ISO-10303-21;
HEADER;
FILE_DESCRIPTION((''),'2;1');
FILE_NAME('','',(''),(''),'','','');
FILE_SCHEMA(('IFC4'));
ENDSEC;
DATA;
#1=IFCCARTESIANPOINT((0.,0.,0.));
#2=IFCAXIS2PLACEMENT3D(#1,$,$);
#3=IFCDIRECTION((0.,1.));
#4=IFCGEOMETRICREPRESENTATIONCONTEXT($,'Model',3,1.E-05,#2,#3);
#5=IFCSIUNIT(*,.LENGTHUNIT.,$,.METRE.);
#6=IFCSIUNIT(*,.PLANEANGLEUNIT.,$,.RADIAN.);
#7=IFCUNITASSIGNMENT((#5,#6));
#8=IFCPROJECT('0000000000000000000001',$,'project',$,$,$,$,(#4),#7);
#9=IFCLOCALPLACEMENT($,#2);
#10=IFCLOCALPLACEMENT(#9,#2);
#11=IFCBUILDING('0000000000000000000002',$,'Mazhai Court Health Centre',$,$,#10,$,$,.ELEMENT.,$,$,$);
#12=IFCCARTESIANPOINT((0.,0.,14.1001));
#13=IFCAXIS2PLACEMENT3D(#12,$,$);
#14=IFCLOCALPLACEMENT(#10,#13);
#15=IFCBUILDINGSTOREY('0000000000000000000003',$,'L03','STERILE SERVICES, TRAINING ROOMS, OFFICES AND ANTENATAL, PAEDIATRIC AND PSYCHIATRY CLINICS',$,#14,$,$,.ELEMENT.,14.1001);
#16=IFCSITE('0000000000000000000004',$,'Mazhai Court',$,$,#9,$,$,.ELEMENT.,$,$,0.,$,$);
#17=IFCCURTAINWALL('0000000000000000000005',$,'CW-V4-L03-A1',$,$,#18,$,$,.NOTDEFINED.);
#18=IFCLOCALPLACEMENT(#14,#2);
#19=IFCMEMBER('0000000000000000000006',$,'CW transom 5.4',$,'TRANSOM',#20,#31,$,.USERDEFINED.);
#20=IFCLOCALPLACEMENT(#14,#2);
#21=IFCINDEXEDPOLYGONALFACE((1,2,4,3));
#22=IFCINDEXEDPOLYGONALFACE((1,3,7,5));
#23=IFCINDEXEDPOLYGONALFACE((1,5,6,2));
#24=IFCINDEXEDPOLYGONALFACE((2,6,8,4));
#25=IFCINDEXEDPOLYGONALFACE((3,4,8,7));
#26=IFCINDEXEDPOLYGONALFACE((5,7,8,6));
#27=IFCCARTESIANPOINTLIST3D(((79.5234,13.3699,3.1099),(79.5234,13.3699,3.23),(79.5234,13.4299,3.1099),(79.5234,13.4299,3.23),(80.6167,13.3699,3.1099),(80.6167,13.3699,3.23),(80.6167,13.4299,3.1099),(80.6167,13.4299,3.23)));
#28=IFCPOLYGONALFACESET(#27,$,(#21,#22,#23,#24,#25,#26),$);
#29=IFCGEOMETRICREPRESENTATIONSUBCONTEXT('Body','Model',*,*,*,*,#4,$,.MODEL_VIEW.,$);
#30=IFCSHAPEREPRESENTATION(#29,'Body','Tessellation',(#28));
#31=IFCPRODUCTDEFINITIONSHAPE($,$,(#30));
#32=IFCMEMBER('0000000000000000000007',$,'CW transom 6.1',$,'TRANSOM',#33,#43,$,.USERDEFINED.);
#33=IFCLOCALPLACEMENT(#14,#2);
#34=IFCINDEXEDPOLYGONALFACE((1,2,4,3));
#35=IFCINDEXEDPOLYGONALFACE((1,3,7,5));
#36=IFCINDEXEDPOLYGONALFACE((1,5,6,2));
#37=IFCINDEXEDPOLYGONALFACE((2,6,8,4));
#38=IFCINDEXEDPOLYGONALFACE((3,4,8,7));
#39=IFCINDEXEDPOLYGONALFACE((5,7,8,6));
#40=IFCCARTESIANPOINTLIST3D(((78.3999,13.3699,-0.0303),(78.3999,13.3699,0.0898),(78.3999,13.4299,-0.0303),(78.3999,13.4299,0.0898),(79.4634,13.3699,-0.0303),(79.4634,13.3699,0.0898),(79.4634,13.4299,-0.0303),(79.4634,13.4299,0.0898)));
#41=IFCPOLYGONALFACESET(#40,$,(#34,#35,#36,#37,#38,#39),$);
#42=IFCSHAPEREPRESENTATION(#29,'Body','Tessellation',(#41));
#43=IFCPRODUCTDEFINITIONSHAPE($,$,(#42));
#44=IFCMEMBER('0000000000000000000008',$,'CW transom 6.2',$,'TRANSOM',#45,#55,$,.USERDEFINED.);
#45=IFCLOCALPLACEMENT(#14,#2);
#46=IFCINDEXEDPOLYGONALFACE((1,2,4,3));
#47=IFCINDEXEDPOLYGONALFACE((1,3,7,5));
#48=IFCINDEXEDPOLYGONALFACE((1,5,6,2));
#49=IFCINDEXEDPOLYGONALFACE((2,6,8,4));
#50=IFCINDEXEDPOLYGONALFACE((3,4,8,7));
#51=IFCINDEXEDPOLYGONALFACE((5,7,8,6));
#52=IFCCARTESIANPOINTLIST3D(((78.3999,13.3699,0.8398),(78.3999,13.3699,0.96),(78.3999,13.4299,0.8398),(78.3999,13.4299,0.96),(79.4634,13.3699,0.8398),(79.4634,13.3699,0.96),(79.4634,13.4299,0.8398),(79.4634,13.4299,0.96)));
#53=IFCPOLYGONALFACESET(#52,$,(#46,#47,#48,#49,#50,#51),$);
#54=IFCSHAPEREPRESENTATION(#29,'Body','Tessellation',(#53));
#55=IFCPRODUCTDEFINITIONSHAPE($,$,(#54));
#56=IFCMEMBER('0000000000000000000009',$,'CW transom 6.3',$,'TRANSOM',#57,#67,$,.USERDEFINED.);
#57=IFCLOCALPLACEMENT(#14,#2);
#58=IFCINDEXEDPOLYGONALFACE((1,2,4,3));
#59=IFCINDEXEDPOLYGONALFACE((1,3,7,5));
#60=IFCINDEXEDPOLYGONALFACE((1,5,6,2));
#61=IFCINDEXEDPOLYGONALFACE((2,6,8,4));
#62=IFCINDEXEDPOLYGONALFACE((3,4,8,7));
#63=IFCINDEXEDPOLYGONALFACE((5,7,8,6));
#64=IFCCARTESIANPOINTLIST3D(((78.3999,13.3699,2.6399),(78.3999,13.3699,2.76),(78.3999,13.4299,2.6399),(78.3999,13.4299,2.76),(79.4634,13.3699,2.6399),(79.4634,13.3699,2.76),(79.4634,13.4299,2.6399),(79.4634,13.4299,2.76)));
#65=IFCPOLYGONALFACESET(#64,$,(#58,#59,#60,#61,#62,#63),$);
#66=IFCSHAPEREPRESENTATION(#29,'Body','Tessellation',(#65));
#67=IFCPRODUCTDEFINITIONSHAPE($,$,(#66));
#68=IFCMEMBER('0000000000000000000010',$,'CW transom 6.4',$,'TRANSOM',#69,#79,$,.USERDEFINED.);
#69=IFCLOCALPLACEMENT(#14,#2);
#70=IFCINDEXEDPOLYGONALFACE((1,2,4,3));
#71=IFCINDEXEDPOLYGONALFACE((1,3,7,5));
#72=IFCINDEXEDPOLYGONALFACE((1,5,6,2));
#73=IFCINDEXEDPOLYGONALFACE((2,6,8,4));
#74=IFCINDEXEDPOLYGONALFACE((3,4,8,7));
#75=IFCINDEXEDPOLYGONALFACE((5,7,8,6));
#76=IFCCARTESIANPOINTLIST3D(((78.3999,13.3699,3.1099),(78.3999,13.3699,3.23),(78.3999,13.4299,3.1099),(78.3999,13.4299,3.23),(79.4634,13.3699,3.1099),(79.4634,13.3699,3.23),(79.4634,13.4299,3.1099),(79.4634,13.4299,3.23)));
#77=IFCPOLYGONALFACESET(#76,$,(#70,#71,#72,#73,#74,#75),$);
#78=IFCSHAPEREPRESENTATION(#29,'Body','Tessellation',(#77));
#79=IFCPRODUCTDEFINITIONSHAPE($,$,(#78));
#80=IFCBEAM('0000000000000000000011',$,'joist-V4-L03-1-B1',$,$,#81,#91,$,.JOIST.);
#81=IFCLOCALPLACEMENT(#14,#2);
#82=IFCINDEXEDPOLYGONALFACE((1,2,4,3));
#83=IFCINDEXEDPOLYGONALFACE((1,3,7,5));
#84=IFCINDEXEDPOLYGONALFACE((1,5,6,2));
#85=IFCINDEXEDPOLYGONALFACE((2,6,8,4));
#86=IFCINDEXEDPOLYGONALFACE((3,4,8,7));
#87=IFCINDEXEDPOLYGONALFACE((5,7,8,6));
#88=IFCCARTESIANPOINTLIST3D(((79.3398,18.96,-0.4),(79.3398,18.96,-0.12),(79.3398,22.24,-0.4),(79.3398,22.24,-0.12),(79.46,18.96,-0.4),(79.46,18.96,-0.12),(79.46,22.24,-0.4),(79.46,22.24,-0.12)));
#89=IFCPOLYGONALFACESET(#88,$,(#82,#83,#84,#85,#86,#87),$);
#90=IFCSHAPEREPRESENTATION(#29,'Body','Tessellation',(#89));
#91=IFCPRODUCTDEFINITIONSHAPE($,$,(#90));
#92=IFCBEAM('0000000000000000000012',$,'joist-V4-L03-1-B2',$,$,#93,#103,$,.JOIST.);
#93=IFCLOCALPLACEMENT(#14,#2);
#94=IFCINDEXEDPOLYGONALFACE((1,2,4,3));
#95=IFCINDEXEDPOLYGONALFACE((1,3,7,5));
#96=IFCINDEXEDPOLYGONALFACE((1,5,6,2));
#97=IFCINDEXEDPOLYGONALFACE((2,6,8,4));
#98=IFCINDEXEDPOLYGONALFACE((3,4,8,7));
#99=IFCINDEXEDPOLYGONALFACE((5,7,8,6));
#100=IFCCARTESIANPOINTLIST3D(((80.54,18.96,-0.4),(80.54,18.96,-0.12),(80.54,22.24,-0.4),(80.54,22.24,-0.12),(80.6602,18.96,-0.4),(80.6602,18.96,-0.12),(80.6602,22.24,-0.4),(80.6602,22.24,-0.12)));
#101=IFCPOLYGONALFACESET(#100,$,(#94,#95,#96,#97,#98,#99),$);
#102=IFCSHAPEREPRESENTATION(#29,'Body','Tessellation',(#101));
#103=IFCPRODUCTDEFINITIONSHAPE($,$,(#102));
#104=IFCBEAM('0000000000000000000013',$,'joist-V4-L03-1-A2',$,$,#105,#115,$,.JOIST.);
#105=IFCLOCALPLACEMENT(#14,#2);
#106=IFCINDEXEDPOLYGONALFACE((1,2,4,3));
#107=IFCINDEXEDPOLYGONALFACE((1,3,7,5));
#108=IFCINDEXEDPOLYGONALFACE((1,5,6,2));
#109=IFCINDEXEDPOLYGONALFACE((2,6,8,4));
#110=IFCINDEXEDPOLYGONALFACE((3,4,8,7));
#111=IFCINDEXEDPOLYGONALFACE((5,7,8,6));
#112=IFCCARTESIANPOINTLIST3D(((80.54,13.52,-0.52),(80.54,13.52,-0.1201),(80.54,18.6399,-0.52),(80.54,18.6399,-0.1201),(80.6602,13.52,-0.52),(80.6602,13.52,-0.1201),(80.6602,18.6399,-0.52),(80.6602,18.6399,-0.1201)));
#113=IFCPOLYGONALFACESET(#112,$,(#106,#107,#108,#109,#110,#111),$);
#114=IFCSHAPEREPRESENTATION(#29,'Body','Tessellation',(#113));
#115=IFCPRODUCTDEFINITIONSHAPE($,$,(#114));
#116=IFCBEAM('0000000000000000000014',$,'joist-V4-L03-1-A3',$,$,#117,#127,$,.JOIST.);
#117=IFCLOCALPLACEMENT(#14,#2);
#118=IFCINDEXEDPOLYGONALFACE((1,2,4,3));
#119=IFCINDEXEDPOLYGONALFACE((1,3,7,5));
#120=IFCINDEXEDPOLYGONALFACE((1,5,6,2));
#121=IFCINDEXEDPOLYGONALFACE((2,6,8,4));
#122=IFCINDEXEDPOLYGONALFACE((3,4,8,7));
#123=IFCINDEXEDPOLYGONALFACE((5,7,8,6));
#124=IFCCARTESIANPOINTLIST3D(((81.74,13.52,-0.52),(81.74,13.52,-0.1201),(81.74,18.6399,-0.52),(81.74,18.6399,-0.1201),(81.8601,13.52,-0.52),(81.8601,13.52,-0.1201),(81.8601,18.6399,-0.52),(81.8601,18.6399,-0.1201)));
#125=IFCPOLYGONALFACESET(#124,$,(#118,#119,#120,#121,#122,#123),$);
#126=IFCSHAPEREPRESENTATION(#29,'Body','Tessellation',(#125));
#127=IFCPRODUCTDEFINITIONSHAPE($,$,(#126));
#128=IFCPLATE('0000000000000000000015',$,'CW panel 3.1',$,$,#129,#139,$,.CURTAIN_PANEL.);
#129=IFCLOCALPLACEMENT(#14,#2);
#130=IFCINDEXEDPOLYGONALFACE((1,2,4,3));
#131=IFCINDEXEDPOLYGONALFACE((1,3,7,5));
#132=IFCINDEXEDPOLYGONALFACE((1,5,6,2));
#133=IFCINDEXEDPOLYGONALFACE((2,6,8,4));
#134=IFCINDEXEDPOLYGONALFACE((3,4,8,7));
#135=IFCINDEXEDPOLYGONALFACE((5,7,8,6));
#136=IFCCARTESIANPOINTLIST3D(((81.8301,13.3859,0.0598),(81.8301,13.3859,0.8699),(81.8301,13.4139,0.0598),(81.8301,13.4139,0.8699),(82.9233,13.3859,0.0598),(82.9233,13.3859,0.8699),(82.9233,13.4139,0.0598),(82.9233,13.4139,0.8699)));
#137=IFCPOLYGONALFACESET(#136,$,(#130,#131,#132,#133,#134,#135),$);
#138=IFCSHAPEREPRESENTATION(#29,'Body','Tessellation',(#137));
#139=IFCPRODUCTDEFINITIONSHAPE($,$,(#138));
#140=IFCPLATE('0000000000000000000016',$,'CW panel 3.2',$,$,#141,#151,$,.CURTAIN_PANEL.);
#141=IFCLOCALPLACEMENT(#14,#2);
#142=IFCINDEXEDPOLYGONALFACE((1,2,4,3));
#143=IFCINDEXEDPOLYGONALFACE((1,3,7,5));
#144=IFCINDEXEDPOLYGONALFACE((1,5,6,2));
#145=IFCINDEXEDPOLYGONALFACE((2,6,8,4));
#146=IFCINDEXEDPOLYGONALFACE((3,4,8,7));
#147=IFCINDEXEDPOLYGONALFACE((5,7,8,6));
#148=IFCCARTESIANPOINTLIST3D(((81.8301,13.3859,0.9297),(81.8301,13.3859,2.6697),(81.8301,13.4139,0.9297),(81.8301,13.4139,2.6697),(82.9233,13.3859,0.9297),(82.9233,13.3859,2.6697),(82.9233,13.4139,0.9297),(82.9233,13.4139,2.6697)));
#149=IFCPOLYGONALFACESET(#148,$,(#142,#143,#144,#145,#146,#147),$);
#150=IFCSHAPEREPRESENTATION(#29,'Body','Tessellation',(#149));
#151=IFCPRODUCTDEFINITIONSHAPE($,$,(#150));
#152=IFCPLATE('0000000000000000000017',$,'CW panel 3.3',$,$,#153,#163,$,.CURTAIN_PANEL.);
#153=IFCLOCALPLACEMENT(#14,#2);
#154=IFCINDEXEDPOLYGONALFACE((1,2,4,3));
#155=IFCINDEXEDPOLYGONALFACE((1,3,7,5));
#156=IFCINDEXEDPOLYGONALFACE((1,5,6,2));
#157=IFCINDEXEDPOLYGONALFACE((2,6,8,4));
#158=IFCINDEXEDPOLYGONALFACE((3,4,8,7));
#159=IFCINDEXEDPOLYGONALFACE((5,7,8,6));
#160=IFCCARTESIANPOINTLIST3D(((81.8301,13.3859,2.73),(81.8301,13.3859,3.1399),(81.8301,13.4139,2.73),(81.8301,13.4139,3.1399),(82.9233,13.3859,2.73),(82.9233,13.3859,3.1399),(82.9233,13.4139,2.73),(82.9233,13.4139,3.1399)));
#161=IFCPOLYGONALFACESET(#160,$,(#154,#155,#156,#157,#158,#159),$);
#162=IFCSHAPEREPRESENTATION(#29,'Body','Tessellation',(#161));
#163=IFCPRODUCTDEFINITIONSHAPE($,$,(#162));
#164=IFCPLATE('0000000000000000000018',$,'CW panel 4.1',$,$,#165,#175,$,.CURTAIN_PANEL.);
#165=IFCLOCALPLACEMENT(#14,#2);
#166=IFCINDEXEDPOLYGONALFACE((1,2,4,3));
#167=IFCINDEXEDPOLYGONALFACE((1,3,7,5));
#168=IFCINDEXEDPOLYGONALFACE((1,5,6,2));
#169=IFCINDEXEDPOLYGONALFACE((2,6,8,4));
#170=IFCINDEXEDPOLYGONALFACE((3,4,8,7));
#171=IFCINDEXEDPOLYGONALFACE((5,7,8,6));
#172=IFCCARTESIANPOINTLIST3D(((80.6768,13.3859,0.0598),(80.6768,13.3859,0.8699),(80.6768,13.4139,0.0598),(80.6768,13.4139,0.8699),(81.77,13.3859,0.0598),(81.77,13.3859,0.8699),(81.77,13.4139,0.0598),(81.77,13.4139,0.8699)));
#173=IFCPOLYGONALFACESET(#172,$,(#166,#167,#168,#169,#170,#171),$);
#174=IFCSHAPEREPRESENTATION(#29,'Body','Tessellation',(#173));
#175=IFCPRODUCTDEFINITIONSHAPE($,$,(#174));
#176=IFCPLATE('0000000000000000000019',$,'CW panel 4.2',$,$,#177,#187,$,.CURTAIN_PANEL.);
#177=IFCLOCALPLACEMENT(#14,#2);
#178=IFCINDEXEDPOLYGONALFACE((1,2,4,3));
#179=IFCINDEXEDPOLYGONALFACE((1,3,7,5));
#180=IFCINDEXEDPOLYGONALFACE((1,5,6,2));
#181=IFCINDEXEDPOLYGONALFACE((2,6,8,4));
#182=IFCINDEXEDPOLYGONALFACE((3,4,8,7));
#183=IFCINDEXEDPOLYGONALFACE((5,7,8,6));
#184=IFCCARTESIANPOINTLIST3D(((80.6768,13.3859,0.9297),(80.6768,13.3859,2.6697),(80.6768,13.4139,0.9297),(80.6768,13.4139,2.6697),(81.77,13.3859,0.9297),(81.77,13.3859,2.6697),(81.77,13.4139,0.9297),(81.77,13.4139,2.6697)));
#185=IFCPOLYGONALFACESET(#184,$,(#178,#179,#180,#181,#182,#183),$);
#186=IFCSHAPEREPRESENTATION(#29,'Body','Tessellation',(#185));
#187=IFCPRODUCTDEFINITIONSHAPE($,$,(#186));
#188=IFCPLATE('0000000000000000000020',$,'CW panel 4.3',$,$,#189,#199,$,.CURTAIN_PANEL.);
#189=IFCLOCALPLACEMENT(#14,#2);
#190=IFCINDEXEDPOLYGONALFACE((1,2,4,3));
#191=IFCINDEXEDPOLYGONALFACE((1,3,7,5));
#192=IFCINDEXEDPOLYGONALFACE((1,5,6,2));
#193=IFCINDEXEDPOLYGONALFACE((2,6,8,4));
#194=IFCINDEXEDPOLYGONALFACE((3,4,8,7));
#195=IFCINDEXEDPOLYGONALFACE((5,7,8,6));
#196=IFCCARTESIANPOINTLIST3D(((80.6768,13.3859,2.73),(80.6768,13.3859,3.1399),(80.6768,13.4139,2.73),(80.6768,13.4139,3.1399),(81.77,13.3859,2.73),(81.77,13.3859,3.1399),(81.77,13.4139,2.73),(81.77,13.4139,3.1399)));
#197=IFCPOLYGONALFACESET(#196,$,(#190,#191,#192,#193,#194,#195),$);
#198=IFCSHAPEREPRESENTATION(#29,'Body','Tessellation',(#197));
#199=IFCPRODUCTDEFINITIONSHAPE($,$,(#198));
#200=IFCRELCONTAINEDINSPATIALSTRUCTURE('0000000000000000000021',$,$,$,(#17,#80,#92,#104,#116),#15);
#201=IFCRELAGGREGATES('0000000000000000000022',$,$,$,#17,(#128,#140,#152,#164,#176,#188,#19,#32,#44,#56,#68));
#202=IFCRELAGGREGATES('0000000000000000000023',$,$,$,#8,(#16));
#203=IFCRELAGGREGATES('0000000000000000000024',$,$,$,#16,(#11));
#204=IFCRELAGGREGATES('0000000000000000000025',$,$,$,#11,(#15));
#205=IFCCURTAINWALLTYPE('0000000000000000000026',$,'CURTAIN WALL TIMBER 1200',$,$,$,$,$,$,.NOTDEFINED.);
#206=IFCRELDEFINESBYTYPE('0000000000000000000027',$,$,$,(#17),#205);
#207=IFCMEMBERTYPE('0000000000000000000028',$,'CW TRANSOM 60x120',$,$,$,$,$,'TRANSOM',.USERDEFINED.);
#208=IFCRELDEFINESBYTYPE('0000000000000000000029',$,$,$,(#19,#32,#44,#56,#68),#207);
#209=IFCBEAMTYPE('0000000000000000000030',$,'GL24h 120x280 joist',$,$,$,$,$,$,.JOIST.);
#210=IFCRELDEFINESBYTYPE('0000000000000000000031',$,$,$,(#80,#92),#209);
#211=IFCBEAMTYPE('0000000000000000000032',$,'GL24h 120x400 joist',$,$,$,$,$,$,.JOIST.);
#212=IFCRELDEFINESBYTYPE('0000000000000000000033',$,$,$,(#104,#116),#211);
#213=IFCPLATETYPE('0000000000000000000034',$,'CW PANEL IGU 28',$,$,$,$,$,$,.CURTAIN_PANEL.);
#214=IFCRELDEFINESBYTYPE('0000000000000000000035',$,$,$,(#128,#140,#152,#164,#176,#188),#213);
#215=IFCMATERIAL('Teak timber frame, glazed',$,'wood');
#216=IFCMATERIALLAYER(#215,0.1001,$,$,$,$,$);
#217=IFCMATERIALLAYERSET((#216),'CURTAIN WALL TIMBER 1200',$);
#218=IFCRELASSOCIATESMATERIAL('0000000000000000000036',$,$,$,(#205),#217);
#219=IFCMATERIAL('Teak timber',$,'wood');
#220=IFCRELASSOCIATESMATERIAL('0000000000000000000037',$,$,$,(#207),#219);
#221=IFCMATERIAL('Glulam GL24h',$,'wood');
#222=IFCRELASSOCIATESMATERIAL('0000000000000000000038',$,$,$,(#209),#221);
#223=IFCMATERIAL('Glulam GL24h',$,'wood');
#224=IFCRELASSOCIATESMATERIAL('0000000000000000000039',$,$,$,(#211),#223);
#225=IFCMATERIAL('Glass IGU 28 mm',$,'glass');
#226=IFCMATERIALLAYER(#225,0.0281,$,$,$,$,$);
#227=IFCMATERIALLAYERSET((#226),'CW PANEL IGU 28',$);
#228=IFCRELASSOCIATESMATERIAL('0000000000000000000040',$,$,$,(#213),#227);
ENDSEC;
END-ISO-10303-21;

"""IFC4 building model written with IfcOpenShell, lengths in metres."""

from ifc_helpers import new_model, si_unit, direction, frame, origin, origin_2d, place, context, subcontext, project, spatial, rectangle, extrude, material, layer, layer_set, material_profile, profile_set, type_object, element, aggregate, save


model = new_model("IFC4")

# Units and contexts
model_context = context("Model", 3, precision=1e-05, world=origin(), true_north=direction((0.0, 1.0)))
body_context = subcontext(model_context, "Body", "Model", "MODEL_VIEW")
ifc_project = project(units=[si_unit("LENGTHUNIT", "METRE"), si_unit("PLANEANGLEUNIT", "RADIAN")], contexts=[model_context])

# Site, building, storey
site_placement = place(None, origin())
site = spatial("IfcSite", under=ifc_project, at=site_placement, Name="Mazhai Court", CompositionType="ELEMENT", RefElevation=0.0)
building_placement = place(site_placement, origin())
building = spatial("IfcBuilding", under=site, at=building_placement, Name="Mazhai Court Health Centre", CompositionType="ELEMENT")
storey_placement = place(building_placement, frame((0.0, 0.0, 14.1001)))
storey = spatial("IfcBuildingStorey", under=building, at=storey_placement, Name="L03", Description="STERILE SERVICES, TRAINING ROOMS, OFFICES AND ANTENATAL, PAEDIATRIC AND PSYCHIATRY CLINICS", CompositionType="ELEMENT", Elevation=14.1001)

# Curtain wall, members
ifc_material_1 = material(Name="Teak timber frame, glazed", Category="wood")
ifc_layer_1 = layer(ifc_material_1, 0.1001)
ifc_layer_set_1 = layer_set([ifc_layer_1], Name="CURTAIN WALL TIMBER 1200")
curtain_wall_type = type_object("IfcCurtainWallType", Name="CURTAIN WALL TIMBER 1200", PredefinedType="NOTDEFINED", material=ifc_layer_set_1)
curtain_wall_placement = place(storey_placement, origin())
curtain_wall = element("IfcCurtainWall", 1, at=curtain_wall_placement, inside=storey, type_object=curtain_wall_type, Name="CW-V4-L03-A1", PredefinedType="NOTDEFINED")
ifc_material_2 = material(Name="Teak timber", Category="wood")
ifc_material_profile_1 = material_profile(ifc_material_2, rectangle(XDim=0.0601, YDim=0.1201, at=origin_2d()), Name="CW TRANSOM 60x120")
ifc_profile_set_1 = profile_set([ifc_material_profile_1], Name="Teak timber")
member_type_1 = type_object("IfcMemberType", Name="CW TRANSOM 60x120", ElementType="TRANSOM", PredefinedType="USERDEFINED", material=ifc_profile_set_1)
member_1_placement = place(storey_placement, frame((80.6167, 13.3999, 3.1699), z_axis=(-1.0, 0.0, 0.0), x_axis=(0.0, -1.0, 0.0)))
member_1 = element("IfcMember", 2, at=member_1_placement, type_object=member_type_1, Name="CW transom 5.4", ObjectType="TRANSOM", PredefinedType="USERDEFINED", context=body_context, shape_type="SweptSolid", body=[
    extrude(rectangle(XDim=0.0601, YDim=0.1201, at=origin_2d()), origin(), (0.0, 0.0, 1.0), 1.0933),
])
member_2_placement = place(storey_placement, frame((79.4634, 13.3999, 0.0298), z_axis=(-1.0, 0.0, 0.0), x_axis=(0.0, -1.0, 0.0)))
member_2 = element("IfcMember", 3, at=member_2_placement, type_object=member_type_1, Name="CW transom 6.1", ObjectType="TRANSOM", PredefinedType="USERDEFINED", context=body_context, shape_type="SweptSolid", body=[
    extrude(rectangle(XDim=0.0601, YDim=0.1201, at=origin_2d()), origin(), (0.0, 0.0, 1.0), 1.0635),
])
member_3_placement = place(storey_placement, frame((79.4634, 13.3999, 0.8999), z_axis=(-1.0, 0.0, 0.0), x_axis=(0.0, -1.0, 0.0)))
member_3 = element("IfcMember", 4, at=member_3_placement, type_object=member_type_1, Name="CW transom 6.2", ObjectType="TRANSOM", PredefinedType="USERDEFINED", context=body_context, shape_type="SweptSolid", body=[
    extrude(rectangle(XDim=0.0601, YDim=0.1201, at=origin_2d()), origin(), (0.0, 0.0, 1.0), 1.0635),
])
member_4_placement = place(storey_placement, frame((79.4634, 13.3999, 2.7), z_axis=(-1.0, 0.0, 0.0), x_axis=(0.0, -1.0, 0.0)))
member_4 = element("IfcMember", 5, at=member_4_placement, type_object=member_type_1, Name="CW transom 6.3", ObjectType="TRANSOM", PredefinedType="USERDEFINED", context=body_context, shape_type="SweptSolid", body=[
    extrude(rectangle(XDim=0.0601, YDim=0.1201, at=origin_2d()), origin(), (0.0, 0.0, 1.0), 1.0635),
])
member_5_placement = place(storey_placement, frame((79.4634, 13.3999, 3.1699), z_axis=(-1.0, 0.0, 0.0), x_axis=(0.0, -1.0, 0.0)))
member_5 = element("IfcMember", 6, at=member_5_placement, type_object=member_type_1, Name="CW transom 6.4", ObjectType="TRANSOM", PredefinedType="USERDEFINED", context=body_context, shape_type="SweptSolid", body=[
    extrude(rectangle(XDim=0.0601, YDim=0.1201, at=origin_2d()), origin(), (0.0, 0.0, 1.0), 1.0635),
])

# Beams
ifc_material_3 = material(Name="Glulam GL24h", Category="wood")
ifc_material_profile_2 = material_profile(ifc_material_3, rectangle(XDim=0.1201, YDim=0.28, at=origin_2d()), Name="GL24h 120x280")
ifc_profile_set_2 = profile_set([ifc_material_profile_2], Name="Glulam GL24h")
beam_type_1 = type_object("IfcBeamType", Name="GL24h 120x280 joist", PredefinedType="JOIST", material=ifc_profile_set_2)
for number, where, z_axis, x_axis, name in (
    (7, (79.3999, 18.96, -0.26), (0.0, 1.0, 0.0), (-1.0, 0.0, 0.0), "joist-V4-L03-1-B1"),
    (8, (80.6001, 18.96, -0.26), (0.0, 1.0, 0.0), (-1.0, 0.0, 0.0), "joist-V4-L03-1-B2"),
):
    element("IfcBeam", number, at=place(storey_placement, frame(where, z_axis=z_axis, x_axis=x_axis)), inside=storey, type_object=beam_type_1, Name=name, PredefinedType="JOIST", context=body_context, shape_type="SweptSolid", body=[
        extrude(rectangle(XDim=0.1201, YDim=0.28, at=origin_2d()), origin(), (0.0, 0.0, 1.0), 3.28),
    ])
ifc_material_4 = material(Name="Glulam GL24h", Category="wood")
ifc_material_profile_3 = material_profile(ifc_material_4, rectangle(XDim=0.1201, YDim=0.3999, at=origin_2d()), Name="GL24h 120x400")
ifc_profile_set_3 = profile_set([ifc_material_profile_3], Name="Glulam GL24h")
beam_type_2 = type_object("IfcBeamType", Name="GL24h 120x400 joist", PredefinedType="JOIST", material=ifc_profile_set_3)
for number, where, z_axis, x_axis, name in (
    (9, (80.6001, 13.52, -0.3201), (0.0, 1.0, 0.0), (-1.0, 0.0, 0.0), "joist-V4-L03-1-A2"),
    (10, (81.8, 13.52, -0.3201), (0.0, 1.0, 0.0), (-1.0, 0.0, 0.0), "joist-V4-L03-1-A3"),
):
    element("IfcBeam", number, at=place(storey_placement, frame(where, z_axis=z_axis, x_axis=x_axis)), inside=storey, type_object=beam_type_2, Name=name, PredefinedType="JOIST", context=body_context, shape_type="SweptSolid", body=[
        extrude(rectangle(XDim=0.1201, YDim=0.3999, at=origin_2d()), origin(), (0.0, 0.0, 1.0), 5.1199),
    ])

# Plates
ifc_material_5 = material(Name="Glass IGU 28 mm", Category="glass")
ifc_layer_2 = layer(ifc_material_5, 0.0281)
ifc_layer_set_2 = layer_set([ifc_layer_2], Name="CW PANEL IGU 28")
plate_type = type_object("IfcPlateType", Name="CW PANEL IGU 28", PredefinedType="CURTAIN_PANEL", material=ifc_layer_set_2)
plate_1_placement = place(storey_placement, frame((82.3767, 13.3999, 0.0598), z_axis=(0.0, 0.0, 1.0), x_axis=(-1.0, 0.0, 0.0)))
plate_1 = element("IfcPlate", 11, at=plate_1_placement, type_object=plate_type, Name="CW panel 3.1", PredefinedType="CURTAIN_PANEL", context=body_context, shape_type="SweptSolid", body=[
    extrude(rectangle(XDim=1.0933, YDim=0.0281, at=origin_2d()), origin(), (0.0, 0.0, 1.0), 0.8101),
])
plate_2_placement = place(storey_placement, frame((82.3767, 13.3999, 0.9297), z_axis=(0.0, 0.0, 1.0), x_axis=(-1.0, 0.0, 0.0)))
plate_2 = element("IfcPlate", 12, at=plate_2_placement, type_object=plate_type, Name="CW panel 3.2", PredefinedType="CURTAIN_PANEL", context=body_context, shape_type="SweptSolid", body=[
    extrude(rectangle(XDim=1.0933, YDim=0.0281, at=origin_2d()), origin(), (0.0, 0.0, 1.0), 1.74),
])
plate_3_placement = place(storey_placement, frame((82.3767, 13.3999, 2.73), z_axis=(0.0, 0.0, 1.0), x_axis=(-1.0, 0.0, 0.0)))
plate_3 = element("IfcPlate", 13, at=plate_3_placement, type_object=plate_type, Name="CW panel 3.3", PredefinedType="CURTAIN_PANEL", context=body_context, shape_type="SweptSolid", body=[
    extrude(rectangle(XDim=1.0933, YDim=0.0281, at=origin_2d()), origin(), (0.0, 0.0, 1.0), 0.4099),
])
plate_4_placement = place(storey_placement, frame((81.2234, 13.3999, 0.0598), z_axis=(0.0, 0.0, 1.0), x_axis=(-1.0, 0.0, 0.0)))
plate_4 = element("IfcPlate", 14, at=plate_4_placement, type_object=plate_type, Name="CW panel 4.1", PredefinedType="CURTAIN_PANEL", context=body_context, shape_type="SweptSolid", body=[
    extrude(rectangle(XDim=1.0933, YDim=0.0281, at=origin_2d()), origin(), (0.0, 0.0, 1.0), 0.8101),
])
plate_5_placement = place(storey_placement, frame((81.2234, 13.3999, 0.9297), z_axis=(0.0, 0.0, 1.0), x_axis=(-1.0, 0.0, 0.0)))
plate_5 = element("IfcPlate", 15, at=plate_5_placement, type_object=plate_type, Name="CW panel 4.2", PredefinedType="CURTAIN_PANEL", context=body_context, shape_type="SweptSolid", body=[
    extrude(rectangle(XDim=1.0933, YDim=0.0281, at=origin_2d()), origin(), (0.0, 0.0, 1.0), 1.74),
])
plate_6_placement = place(storey_placement, frame((81.2234, 13.3999, 2.73), z_axis=(0.0, 0.0, 1.0), x_axis=(-1.0, 0.0, 0.0)))
plate_6 = element("IfcPlate", 16, at=plate_6_placement, type_object=plate_type, Name="CW panel 4.3", PredefinedType="CURTAIN_PANEL", context=body_context, shape_type="SweptSolid", body=[
    extrude(rectangle(XDim=1.0933, YDim=0.0281, at=origin_2d()), origin(), (0.0, 0.0, 1.0), 0.4099),
])
aggregate(curtain_wall, [plate_1, plate_2, plate_3, plate_4, plate_5, plate_6, member_1, member_2, member_3, member_4, member_5])

save(model, "model.ifc")
